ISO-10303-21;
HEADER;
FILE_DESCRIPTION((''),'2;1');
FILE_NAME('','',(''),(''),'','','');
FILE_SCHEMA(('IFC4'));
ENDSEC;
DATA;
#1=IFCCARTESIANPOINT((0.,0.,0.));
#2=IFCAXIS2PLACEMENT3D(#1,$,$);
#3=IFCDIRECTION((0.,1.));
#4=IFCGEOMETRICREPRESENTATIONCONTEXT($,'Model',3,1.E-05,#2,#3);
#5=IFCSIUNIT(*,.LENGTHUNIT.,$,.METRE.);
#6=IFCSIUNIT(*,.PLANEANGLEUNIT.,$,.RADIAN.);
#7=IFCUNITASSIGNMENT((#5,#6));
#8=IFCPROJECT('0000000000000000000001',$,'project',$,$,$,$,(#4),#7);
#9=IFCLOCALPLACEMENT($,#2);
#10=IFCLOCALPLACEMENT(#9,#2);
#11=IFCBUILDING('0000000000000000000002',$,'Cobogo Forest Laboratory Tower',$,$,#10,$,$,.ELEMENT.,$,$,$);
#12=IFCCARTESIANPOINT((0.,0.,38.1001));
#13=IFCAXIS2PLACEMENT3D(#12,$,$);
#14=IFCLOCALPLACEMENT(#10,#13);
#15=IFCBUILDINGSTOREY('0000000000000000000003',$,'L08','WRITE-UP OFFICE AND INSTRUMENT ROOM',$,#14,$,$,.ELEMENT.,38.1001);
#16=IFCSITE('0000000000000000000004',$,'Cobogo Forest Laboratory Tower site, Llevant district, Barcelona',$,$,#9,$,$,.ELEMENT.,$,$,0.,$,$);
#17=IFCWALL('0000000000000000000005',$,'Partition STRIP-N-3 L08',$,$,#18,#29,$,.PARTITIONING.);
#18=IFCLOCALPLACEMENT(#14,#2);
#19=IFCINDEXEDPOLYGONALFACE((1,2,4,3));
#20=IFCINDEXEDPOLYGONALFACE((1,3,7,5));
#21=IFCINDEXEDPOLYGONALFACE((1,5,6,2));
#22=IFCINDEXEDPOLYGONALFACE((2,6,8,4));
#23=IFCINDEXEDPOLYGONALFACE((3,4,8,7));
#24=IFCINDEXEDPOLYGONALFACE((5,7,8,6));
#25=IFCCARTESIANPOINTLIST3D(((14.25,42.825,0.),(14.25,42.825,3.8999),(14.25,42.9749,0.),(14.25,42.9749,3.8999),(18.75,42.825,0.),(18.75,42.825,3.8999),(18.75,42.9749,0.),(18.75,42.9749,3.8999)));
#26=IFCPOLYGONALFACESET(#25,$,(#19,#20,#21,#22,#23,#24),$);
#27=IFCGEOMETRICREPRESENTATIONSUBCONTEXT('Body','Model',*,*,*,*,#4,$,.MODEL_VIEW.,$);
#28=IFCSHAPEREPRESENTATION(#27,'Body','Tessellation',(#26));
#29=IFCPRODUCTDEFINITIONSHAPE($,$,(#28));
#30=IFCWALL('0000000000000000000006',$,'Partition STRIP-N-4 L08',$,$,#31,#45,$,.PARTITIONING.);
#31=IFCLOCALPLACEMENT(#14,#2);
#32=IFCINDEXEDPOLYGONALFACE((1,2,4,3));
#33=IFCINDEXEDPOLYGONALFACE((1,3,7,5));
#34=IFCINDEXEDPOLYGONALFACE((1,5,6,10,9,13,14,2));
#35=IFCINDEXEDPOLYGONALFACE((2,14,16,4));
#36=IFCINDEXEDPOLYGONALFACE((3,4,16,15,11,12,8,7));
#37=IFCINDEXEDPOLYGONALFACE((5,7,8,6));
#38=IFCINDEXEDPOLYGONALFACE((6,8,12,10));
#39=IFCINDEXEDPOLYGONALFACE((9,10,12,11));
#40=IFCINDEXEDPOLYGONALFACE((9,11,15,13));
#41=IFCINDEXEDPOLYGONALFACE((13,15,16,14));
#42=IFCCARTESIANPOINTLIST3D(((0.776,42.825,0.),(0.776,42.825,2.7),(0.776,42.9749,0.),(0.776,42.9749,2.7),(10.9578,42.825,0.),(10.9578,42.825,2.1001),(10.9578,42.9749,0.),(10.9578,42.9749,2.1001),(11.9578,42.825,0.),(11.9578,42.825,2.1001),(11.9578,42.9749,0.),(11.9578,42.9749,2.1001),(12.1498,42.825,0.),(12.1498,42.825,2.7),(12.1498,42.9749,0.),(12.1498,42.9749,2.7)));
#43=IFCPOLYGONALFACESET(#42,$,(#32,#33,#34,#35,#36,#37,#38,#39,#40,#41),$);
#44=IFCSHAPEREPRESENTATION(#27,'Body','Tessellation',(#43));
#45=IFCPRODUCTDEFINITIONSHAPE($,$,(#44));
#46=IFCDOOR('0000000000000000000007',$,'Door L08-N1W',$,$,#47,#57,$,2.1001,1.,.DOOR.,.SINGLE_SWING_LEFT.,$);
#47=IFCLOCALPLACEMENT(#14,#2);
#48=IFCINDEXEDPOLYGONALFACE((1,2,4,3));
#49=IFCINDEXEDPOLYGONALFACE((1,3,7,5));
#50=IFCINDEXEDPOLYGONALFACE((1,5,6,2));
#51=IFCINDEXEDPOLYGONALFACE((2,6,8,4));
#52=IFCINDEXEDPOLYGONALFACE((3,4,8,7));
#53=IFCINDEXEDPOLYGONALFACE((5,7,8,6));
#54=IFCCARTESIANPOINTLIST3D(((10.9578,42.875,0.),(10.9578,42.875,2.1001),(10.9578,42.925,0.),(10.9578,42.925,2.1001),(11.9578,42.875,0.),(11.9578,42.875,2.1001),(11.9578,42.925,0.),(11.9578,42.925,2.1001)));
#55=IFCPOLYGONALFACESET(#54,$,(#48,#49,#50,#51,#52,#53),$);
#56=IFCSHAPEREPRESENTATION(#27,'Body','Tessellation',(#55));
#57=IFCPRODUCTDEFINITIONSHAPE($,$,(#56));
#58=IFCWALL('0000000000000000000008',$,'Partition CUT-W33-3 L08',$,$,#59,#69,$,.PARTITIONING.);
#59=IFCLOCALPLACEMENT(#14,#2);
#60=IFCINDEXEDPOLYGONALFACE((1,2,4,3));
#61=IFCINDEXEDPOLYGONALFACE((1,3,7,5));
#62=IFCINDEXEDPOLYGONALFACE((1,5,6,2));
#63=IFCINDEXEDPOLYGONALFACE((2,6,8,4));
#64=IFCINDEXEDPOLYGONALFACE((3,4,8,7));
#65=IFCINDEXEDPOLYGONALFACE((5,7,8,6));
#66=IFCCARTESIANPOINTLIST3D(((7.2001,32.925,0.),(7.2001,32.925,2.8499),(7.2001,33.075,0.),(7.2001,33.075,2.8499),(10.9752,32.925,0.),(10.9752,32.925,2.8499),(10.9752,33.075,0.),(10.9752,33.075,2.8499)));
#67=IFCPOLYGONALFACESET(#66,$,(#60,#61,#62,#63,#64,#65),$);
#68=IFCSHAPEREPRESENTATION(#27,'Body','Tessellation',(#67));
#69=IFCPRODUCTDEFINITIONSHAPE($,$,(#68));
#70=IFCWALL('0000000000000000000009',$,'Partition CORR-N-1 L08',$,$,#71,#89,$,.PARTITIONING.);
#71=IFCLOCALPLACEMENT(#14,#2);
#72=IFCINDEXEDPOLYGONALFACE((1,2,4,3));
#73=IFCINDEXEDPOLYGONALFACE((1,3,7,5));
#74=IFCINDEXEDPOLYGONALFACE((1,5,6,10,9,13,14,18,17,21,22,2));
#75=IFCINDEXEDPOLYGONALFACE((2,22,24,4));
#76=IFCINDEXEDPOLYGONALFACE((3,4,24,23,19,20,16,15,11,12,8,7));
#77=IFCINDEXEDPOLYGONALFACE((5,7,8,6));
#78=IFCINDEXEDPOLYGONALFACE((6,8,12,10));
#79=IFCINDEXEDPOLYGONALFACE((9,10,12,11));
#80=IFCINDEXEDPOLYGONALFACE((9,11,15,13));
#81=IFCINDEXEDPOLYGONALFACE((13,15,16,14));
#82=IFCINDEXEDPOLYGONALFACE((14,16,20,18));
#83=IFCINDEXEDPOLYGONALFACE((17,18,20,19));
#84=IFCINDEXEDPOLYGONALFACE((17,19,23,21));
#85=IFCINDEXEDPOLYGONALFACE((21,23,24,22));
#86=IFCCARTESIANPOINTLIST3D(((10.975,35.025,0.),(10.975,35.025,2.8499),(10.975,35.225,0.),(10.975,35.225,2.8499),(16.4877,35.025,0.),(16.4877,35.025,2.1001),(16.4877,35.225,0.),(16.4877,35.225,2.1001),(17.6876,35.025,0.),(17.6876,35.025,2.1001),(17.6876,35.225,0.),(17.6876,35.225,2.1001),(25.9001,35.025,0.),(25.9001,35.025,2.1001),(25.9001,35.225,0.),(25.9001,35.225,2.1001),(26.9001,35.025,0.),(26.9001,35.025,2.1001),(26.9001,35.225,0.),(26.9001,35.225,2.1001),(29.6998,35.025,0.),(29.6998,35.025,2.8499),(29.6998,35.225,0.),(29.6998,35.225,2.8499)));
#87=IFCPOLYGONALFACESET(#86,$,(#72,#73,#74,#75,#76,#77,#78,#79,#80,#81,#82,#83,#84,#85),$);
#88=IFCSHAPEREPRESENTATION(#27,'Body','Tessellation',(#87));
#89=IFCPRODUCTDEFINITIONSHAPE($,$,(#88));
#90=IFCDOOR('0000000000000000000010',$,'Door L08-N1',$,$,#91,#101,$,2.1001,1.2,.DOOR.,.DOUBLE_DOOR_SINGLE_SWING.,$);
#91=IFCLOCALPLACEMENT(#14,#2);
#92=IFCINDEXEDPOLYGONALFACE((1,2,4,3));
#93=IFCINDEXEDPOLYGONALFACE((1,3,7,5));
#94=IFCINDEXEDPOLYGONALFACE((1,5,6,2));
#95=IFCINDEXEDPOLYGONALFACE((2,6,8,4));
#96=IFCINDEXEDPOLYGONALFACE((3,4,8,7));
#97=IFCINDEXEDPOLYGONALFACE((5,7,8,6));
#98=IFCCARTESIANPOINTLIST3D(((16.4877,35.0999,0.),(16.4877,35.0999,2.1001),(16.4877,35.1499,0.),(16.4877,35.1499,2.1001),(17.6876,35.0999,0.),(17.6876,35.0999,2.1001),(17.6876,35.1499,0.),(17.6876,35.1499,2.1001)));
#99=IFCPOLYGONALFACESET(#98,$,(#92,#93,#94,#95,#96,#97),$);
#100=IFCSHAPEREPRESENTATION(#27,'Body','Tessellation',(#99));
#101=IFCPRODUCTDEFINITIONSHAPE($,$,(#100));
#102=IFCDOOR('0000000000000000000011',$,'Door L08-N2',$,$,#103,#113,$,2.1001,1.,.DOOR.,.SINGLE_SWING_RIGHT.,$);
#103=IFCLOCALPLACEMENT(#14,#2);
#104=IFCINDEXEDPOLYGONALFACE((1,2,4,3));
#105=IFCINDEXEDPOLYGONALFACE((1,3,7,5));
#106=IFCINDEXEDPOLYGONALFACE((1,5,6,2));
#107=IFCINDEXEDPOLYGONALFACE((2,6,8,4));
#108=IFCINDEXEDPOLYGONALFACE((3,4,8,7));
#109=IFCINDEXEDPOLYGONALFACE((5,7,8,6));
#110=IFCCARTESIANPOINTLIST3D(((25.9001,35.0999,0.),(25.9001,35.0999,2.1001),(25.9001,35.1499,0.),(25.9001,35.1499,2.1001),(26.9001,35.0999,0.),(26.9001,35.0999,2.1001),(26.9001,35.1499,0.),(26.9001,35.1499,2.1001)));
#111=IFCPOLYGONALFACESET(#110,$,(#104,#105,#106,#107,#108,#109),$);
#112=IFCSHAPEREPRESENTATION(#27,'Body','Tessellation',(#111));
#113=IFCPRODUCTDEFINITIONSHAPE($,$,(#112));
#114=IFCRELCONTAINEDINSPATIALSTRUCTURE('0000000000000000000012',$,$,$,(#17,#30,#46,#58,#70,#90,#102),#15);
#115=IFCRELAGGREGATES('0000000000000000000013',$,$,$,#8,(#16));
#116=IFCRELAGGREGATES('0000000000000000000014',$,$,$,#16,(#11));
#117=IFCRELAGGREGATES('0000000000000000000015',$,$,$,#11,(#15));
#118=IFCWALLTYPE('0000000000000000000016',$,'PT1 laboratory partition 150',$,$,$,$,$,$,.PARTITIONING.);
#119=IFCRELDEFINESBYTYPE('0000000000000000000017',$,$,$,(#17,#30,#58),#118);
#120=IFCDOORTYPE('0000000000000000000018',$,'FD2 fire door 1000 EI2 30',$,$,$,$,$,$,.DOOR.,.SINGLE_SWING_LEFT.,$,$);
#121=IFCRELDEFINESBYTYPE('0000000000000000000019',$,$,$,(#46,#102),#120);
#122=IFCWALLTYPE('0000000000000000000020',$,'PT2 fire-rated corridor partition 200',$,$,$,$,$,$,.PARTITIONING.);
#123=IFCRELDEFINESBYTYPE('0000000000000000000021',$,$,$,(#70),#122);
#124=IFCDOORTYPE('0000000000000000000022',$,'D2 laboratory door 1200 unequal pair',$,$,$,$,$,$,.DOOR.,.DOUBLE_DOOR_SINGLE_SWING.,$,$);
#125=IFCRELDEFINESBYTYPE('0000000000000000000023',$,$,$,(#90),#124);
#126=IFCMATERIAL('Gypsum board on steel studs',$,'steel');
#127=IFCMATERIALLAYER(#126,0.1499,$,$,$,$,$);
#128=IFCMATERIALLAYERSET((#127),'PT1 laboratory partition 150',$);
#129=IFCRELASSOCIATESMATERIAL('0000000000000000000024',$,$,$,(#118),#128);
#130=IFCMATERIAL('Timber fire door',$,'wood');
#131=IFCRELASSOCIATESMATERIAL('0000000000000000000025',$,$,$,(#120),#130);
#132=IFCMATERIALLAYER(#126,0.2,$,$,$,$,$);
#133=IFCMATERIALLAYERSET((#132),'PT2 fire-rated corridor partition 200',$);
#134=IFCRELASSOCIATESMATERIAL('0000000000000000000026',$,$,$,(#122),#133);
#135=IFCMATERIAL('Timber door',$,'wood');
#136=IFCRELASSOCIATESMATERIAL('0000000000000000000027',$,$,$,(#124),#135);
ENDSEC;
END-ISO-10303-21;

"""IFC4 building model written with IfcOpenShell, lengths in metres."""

from ifc_helpers import new_model, si_unit, direction, frame, frame_2d, origin, place, context, subcontext, project, spatial, rectangle, extrude, material, layer, layer_set, type_object, element, fill, save


model = new_model("IFC4")

# Units and contexts
model_context = context("Model", 3, precision=1e-05, world=origin(), true_north=direction((0.0, 1.0)))
body_context = subcontext(model_context, "Body", "Model", "MODEL_VIEW")
ifc_project = project(units=[si_unit("LENGTHUNIT", "METRE"), si_unit("PLANEANGLEUNIT", "RADIAN")], contexts=[model_context])

# Site, building, storey
site_placement = place(None, origin())
site = spatial("IfcSite", under=ifc_project, at=site_placement, Name="Cobogo Forest Laboratory Tower site, Llevant district, Barcelona", CompositionType="ELEMENT", RefElevation=0.0)
building_placement = place(site_placement, origin())
building = spatial("IfcBuilding", under=site, at=building_placement, Name="Cobogo Forest Laboratory Tower", CompositionType="ELEMENT")
storey_placement = place(building_placement, frame((0.0, 0.0, 38.1001)))
storey = spatial("IfcBuildingStorey", under=building, at=storey_placement, Name="L08", Description="WRITE-UP OFFICE AND INSTRUMENT ROOM", CompositionType="ELEMENT", Elevation=38.1001)

# Wall
ifc_material_1 = material(Name="Gypsum board on steel studs", Category="steel")
ifc_layer_1 = layer(ifc_material_1, 0.1499)
ifc_layer_set_1 = layer_set([ifc_layer_1], Name="PT1 laboratory partition 150")
wall_type_1 = type_object("IfcWallType", Name="PT1 laboratory partition 150", PredefinedType="PARTITIONING", material=ifc_layer_set_1)
wall_1_placement = place(storey_placement, frame((18.75, 42.8999, 0.0), z_axis=(0.0, 0.0, 1.0), x_axis=(-1.0, 0.0, 0.0)))
element("IfcWall", 1, at=wall_1_placement, inside=storey, type_object=wall_type_1, Name="Partition STRIP-N-3 L08", PredefinedType="PARTITIONING", context=body_context, shape_type="SweptSolid", body=[
    extrude(rectangle(XDim=4.5, YDim=0.1499, at=frame_2d((2.25, 0.0))), origin(), (0.0, 0.0, 1.0), 3.8999),
])

# Wall, opening, door
wall_2_placement = place(storey_placement, frame((12.1499, 42.8999, 0.0), z_axis=(0.0, 0.0, 1.0), x_axis=(-1.0, 0.0, 0.0)))
wall_2 = element("IfcWall", 2, at=wall_2_placement, inside=storey, type_object=wall_type_1, Name="Partition STRIP-N-4 L08", PredefinedType="PARTITIONING", context=body_context, shape_type="SweptSolid", body=[
    extrude(rectangle(XDim=11.3738, YDim=0.1499, at=frame_2d((5.687, 0.0))), origin(), (0.0, 0.0, 1.0), 2.7),
])
opening_1_placement = place(wall_2_placement, frame((0.1921, 0.0, 0.0)))
opening_1 = element("IfcOpeningElement", 3, at=opening_1_placement, cuts=wall_2, PredefinedType="OPENING", context=body_context, shape_type="SweptSolid", body=[
    extrude(rectangle(XDim=1.0, YDim=2.1001, at=frame_2d((0.5, 1.05))), frame((0.0, 0.085, 0.0), z_axis=(0.0, -1.0, 0.0), x_axis=(1.0, 0.0, 0.0)), (0.0, 0.0, 1.0), 0.1699),
])
ifc_material_2 = material(Name="Timber fire door", Category="wood")
door_type_1 = type_object("IfcDoorType", Name="FD2 fire door 1000 EI2 30", OperationType="SINGLE_SWING_LEFT", PredefinedType="DOOR", material=ifc_material_2)
door_1_placement = place(opening_1_placement, origin())
door_1 = element("IfcDoor", 4, at=door_1_placement, inside=storey, type_object=door_type_1, Name="Door L08-N1W", OperationType="SINGLE_SWING_LEFT", OverallHeight=2.1001, OverallWidth=1.0, PredefinedType="DOOR", context=body_context, shape_type="SweptSolid", body=[
    extrude(rectangle(XDim=1.0, YDim=2.1001, at=frame_2d((0.5, 1.05))), frame((0.0, 0.0249, 0.0), z_axis=(0.0, -1.0, 0.0), x_axis=(1.0, 0.0, 0.0)), (0.0, 0.0, 1.0), 0.05),
])
fill(opening_1, door_1)

# Wall
wall_3_placement = place(storey_placement, frame((7.2, 33.0, 0.0), z_axis=(0.0, 0.0, 1.0), x_axis=(1.0, 0.0, 0.0)))
element("IfcWall", 5, at=wall_3_placement, inside=storey, type_object=wall_type_1, Name="Partition CUT-W33-3 L08", PredefinedType="PARTITIONING", context=body_context, shape_type="SweptSolid", body=[
    extrude(rectangle(XDim=3.7751, YDim=0.1499, at=frame_2d((1.8877, 0.0))), origin(), (0.0, 0.0, 1.0), 2.8499),
])

# Wall, openings, doors
ifc_layer_2 = layer(ifc_material_1, 0.2)
ifc_layer_set_2 = layer_set([ifc_layer_2], Name="PT2 fire-rated corridor partition 200")
wall_type_2 = type_object("IfcWallType", Name="PT2 fire-rated corridor partition 200", PredefinedType="PARTITIONING", material=ifc_layer_set_2)
wall_4_placement = place(storey_placement, frame((10.9751, 35.125, 0.0), z_axis=(0.0, 0.0, 1.0), x_axis=(1.0, 0.0, 0.0)))
wall_4 = element("IfcWall", 6, at=wall_4_placement, inside=storey, type_object=wall_type_2, Name="Partition CORR-N-1 L08", PredefinedType="PARTITIONING", context=body_context, shape_type="SweptSolid", body=[
    extrude(rectangle(XDim=18.7249, YDim=0.2, at=frame_2d((9.3623, 0.0))), origin(), (0.0, 0.0, 1.0), 2.8499),
])
opening_2_placement = place(wall_4_placement, frame((5.5125, 0.0, 0.0)))
opening_2 = element("IfcOpeningElement", 7, at=opening_2_placement, cuts=wall_4, PredefinedType="OPENING", context=body_context, shape_type="SweptSolid", body=[
    extrude(rectangle(XDim=1.2, YDim=2.1001, at=frame_2d((0.6001, 1.05))), frame((0.0, 0.1099, 0.0), z_axis=(0.0, -1.0, 0.0), x_axis=(1.0, 0.0, 0.0)), (0.0, 0.0, 1.0), 0.22),
])
opening_3_placement = place(wall_4_placement, frame((14.925, 0.0, 0.0)))
opening_3 = element("IfcOpeningElement", 8, at=opening_3_placement, cuts=wall_4, PredefinedType="OPENING", context=body_context, shape_type="SweptSolid", body=[
    extrude(rectangle(XDim=1.0, YDim=2.1001, at=frame_2d((0.5, 1.05))), frame((0.0, 0.1099, 0.0), z_axis=(0.0, -1.0, 0.0), x_axis=(1.0, 0.0, 0.0)), (0.0, 0.0, 1.0), 0.22),
])
ifc_material_3 = material(Name="Timber door", Category="wood")
door_type_2 = type_object("IfcDoorType", Name="D2 laboratory door 1200 unequal pair", OperationType="DOUBLE_DOOR_SINGLE_SWING", PredefinedType="DOOR", material=ifc_material_3)
door_2_placement = place(opening_2_placement, origin())
door_2 = element("IfcDoor", 9, at=door_2_placement, inside=storey, type_object=door_type_2, Name="Door L08-N1", OperationType="DOUBLE_DOOR_SINGLE_SWING", OverallHeight=2.1001, OverallWidth=1.2, PredefinedType="DOOR", context=body_context, shape_type="SweptSolid", body=[
    extrude(rectangle(XDim=1.2, YDim=2.1001, at=frame_2d((0.6001, 1.05))), frame((0.0, 0.0249, 0.0), z_axis=(0.0, -1.0, 0.0), x_axis=(1.0, 0.0, 0.0)), (0.0, 0.0, 1.0), 0.05),
])
fill(opening_2, door_2)
door_3_placement = place(opening_3_placement, origin())
door_3 = element("IfcDoor", 10, at=door_3_placement, inside=storey, type_object=door_type_1, Name="Door L08-N2", OperationType="SINGLE_SWING_RIGHT", OverallHeight=2.1001, OverallWidth=1.0, PredefinedType="DOOR", context=body_context, shape_type="SweptSolid", body=[
    extrude(rectangle(XDim=1.0, YDim=2.1001, at=frame_2d((0.5, 1.05))), frame((0.0, 0.0249, 0.0), z_axis=(0.0, -1.0, 0.0), x_axis=(1.0, 0.0, 0.0)), (0.0, 0.0, 1.0), 0.05),
])
fill(opening_3, door_3)

save(model, "model.ifc")
